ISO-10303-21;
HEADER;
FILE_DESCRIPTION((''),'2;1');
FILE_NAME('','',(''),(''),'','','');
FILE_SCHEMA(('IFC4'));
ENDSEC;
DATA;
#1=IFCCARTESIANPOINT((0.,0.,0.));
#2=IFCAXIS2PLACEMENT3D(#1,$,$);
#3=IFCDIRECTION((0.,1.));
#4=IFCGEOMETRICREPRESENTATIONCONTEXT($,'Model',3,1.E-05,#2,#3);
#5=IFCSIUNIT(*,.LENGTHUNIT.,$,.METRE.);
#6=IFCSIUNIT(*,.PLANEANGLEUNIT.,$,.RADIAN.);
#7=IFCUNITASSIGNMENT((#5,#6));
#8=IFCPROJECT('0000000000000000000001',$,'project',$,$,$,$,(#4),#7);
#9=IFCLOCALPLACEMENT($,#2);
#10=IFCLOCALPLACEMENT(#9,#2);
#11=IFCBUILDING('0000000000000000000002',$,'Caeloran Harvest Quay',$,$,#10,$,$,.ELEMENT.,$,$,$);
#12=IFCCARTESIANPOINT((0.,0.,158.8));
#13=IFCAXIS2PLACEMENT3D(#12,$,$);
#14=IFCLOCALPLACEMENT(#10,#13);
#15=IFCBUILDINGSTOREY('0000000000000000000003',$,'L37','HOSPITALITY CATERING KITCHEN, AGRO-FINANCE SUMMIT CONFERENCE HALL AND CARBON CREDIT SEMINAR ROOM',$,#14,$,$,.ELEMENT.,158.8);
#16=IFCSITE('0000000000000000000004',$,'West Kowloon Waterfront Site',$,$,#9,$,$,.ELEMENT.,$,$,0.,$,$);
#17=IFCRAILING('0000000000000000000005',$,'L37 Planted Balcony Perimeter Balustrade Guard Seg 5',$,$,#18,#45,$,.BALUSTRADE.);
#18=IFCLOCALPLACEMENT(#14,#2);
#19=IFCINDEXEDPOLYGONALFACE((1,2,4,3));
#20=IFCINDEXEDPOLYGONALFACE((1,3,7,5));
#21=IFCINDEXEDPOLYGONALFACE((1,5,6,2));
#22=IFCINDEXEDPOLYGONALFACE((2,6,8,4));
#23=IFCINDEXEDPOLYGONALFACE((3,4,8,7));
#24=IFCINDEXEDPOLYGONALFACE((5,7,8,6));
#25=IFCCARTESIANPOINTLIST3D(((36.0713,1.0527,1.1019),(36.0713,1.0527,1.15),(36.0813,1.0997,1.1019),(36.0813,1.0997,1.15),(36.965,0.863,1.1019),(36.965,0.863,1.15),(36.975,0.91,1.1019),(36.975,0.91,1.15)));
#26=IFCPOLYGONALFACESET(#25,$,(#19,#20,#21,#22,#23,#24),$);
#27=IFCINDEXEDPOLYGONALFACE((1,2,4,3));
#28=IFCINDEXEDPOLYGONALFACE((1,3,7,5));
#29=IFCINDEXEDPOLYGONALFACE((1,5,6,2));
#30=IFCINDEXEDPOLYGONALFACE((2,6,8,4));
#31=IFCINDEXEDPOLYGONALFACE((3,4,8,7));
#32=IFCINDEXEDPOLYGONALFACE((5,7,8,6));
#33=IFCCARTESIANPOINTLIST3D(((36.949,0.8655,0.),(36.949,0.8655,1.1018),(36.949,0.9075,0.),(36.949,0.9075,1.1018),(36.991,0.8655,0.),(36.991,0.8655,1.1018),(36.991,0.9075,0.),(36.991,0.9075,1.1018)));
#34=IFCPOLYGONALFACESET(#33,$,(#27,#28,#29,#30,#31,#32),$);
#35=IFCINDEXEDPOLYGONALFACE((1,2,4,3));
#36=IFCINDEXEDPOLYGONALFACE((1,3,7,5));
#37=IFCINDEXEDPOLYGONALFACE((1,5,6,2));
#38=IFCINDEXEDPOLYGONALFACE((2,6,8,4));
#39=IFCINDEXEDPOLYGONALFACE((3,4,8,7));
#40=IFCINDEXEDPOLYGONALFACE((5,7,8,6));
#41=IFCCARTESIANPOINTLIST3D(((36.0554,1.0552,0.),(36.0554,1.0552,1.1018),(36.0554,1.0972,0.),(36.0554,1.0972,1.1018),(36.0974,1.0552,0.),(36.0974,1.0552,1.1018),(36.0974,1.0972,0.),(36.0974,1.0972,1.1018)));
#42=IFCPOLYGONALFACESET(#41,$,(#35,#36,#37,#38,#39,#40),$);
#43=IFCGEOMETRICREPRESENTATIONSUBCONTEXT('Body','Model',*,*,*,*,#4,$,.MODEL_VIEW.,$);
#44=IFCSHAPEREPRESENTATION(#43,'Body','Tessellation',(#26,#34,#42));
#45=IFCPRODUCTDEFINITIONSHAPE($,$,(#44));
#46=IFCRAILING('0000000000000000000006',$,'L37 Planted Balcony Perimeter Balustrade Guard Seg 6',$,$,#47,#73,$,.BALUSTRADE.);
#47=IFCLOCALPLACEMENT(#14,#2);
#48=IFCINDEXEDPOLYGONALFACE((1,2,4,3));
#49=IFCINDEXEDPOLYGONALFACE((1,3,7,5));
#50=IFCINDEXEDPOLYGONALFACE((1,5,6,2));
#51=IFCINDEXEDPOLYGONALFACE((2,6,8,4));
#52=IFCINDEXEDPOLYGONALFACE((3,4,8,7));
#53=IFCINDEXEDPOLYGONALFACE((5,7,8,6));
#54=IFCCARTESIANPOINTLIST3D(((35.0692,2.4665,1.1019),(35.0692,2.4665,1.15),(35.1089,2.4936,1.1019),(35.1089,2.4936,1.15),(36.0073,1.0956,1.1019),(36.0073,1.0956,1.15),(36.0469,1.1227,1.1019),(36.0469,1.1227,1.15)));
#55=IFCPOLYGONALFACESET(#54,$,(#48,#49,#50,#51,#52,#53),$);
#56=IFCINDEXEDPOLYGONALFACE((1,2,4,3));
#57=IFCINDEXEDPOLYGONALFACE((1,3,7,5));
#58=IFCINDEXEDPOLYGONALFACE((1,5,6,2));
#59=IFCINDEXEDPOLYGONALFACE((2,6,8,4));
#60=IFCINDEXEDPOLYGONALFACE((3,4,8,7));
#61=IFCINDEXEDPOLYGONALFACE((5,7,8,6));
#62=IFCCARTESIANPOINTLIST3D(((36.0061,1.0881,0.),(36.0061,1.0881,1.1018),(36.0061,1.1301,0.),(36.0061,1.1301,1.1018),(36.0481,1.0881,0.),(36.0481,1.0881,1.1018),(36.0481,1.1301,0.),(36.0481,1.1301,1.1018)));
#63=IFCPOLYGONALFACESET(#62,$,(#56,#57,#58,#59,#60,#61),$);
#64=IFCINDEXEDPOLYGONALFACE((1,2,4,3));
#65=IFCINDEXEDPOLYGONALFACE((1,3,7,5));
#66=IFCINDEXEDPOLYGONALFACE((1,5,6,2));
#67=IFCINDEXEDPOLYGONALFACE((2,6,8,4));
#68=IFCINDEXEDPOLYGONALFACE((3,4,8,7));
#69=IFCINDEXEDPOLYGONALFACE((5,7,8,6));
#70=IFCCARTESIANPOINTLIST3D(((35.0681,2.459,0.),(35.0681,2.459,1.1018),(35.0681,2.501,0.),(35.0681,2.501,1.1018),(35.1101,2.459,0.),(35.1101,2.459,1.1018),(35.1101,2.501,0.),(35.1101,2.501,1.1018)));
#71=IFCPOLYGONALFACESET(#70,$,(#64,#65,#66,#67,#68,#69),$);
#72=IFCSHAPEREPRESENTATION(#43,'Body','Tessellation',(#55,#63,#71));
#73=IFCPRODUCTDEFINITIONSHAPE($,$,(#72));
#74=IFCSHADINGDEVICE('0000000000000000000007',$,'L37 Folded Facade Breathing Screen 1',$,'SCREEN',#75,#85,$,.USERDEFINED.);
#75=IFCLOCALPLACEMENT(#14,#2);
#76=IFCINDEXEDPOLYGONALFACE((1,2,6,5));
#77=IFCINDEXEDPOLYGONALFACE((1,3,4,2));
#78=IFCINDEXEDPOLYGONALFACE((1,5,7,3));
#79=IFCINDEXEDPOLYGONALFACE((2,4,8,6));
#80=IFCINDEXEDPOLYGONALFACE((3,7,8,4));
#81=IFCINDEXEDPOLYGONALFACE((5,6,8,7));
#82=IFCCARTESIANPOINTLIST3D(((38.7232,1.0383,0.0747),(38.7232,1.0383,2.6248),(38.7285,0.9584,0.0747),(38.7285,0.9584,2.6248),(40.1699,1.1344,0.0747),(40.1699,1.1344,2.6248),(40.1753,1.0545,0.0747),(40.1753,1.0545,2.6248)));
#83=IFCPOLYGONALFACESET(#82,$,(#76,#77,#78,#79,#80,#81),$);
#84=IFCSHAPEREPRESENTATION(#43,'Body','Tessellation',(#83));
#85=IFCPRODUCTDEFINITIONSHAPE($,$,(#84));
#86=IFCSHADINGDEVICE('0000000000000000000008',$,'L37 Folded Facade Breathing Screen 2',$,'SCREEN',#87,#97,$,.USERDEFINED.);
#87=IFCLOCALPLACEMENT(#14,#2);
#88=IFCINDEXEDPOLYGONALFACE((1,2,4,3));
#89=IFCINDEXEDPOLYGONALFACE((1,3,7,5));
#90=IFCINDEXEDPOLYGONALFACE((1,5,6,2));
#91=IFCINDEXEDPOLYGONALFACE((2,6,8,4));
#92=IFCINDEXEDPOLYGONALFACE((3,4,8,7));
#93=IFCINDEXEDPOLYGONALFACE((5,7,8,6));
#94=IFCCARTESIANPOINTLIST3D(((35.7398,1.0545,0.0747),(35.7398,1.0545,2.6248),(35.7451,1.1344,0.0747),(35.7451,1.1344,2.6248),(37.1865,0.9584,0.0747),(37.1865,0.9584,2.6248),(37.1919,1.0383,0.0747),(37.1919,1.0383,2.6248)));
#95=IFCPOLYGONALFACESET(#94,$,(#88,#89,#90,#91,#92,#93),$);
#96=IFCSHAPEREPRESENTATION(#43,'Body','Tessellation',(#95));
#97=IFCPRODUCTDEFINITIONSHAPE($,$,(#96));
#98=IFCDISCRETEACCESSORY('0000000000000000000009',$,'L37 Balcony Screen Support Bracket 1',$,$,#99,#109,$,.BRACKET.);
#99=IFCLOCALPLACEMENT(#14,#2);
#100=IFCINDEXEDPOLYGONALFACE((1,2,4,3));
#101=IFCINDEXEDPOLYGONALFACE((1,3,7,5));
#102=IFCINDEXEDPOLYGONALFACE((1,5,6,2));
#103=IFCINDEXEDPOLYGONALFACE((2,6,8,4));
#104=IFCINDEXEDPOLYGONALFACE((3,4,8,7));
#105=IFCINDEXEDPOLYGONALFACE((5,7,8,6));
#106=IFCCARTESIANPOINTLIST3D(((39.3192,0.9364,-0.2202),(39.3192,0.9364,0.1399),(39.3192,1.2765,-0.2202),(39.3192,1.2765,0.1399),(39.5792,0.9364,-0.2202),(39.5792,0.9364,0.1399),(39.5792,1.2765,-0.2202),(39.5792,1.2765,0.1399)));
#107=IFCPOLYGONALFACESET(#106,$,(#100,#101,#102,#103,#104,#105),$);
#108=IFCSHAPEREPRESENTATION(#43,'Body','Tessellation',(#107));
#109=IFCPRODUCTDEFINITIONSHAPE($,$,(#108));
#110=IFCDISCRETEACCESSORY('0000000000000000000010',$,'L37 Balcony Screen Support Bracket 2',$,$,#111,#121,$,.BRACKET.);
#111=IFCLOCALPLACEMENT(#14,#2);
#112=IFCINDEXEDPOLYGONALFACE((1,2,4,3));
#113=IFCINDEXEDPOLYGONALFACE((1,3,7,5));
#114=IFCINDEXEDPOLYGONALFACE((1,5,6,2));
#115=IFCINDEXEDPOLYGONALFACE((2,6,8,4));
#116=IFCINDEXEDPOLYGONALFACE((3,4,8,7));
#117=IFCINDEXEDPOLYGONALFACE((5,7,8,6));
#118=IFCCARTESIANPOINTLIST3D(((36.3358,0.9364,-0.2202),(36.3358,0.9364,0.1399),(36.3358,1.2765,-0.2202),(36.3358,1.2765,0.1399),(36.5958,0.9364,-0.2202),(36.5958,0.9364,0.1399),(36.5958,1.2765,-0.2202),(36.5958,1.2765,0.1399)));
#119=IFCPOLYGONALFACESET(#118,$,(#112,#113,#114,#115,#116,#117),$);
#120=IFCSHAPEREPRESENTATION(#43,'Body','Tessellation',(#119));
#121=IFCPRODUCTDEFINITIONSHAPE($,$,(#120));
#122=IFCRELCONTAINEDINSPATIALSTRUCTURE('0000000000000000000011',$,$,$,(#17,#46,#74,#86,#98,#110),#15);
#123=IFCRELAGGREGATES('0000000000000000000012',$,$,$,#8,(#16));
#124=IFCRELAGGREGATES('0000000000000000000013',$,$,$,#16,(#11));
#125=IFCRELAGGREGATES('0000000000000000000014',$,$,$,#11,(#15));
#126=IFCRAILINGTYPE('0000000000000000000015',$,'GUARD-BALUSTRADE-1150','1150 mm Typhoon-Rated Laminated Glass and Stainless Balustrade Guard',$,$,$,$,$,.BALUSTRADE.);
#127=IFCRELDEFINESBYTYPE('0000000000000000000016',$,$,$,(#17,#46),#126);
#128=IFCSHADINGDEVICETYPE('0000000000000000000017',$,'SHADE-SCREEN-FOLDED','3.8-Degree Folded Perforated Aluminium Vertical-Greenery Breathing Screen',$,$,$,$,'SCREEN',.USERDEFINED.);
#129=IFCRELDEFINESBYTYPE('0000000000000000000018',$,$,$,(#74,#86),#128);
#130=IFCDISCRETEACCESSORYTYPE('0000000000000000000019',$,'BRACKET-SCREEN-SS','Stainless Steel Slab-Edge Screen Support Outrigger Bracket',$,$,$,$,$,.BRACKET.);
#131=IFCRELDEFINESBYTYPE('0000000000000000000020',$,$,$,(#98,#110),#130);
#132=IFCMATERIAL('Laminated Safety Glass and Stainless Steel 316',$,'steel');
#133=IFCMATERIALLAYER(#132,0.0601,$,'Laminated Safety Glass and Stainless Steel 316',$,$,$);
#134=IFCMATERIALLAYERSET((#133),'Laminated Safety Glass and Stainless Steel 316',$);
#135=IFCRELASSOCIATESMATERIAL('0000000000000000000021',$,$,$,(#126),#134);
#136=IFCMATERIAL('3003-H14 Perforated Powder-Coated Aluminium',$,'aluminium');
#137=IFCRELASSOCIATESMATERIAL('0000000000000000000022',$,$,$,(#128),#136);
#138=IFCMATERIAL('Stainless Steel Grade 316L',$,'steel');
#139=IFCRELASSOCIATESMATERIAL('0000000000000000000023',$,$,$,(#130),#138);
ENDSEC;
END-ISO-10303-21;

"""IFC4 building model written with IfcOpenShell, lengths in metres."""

from ifc_helpers import new_model, si_unit, direction, frame, origin, origin_2d, place, context, subcontext, project, spatial, rectangle, extrude, material, layer, layer_set, type_object, element, save


model = new_model("IFC4")

# Units and contexts
model_context = context("Model", 3, precision=1e-05, world=origin(), true_north=direction((0.0, 1.0)))
body_context = subcontext(model_context, "Body", "Model", "MODEL_VIEW")
ifc_project = project(units=[si_unit("LENGTHUNIT", "METRE"), si_unit("PLANEANGLEUNIT", "RADIAN")], contexts=[model_context])

# Site, building, storey
site_placement = place(None, origin())
site = spatial("IfcSite", under=ifc_project, at=site_placement, Name="West Kowloon Waterfront Site", CompositionType="ELEMENT", RefElevation=0.0)
building_placement = place(site_placement, origin())
building = spatial("IfcBuilding", under=site, at=building_placement, Name="Caeloran Harvest Quay", CompositionType="ELEMENT")
storey_placement = place(building_placement, frame((0.0, 0.0, 158.8)))
storey = spatial("IfcBuildingStorey", under=building, at=storey_placement, Name="L37", Description="HOSPITALITY CATERING KITCHEN, AGRO-FINANCE SUMMIT CONFERENCE HALL AND CARBON CREDIT SEMINAR ROOM", CompositionType="ELEMENT", Elevation=158.8)

# Railings
ifc_material_1 = material(Name="Laminated Safety Glass and Stainless Steel 316", Category="steel")
ifc_layer_1 = layer(ifc_material_1, 0.0601, Name="Laminated Safety Glass and Stainless Steel 316")
ifc_layer_set_1 = layer_set([ifc_layer_1], Name="Laminated Safety Glass and Stainless Steel 316")
railing_type = type_object("IfcRailingType", Name="GUARD-BALUSTRADE-1150", Description="1150 mm Typhoon-Rated Laminated Glass and Stainless Balustrade Guard", PredefinedType="BALUSTRADE", material=ifc_layer_set_1)
railing_1_placement = place(storey_placement, frame((36.97, 0.8865, 0.0)))
element("IfcRailing", 1, at=railing_1_placement, inside=storey, type_object=railing_type, Name="L37 Planted Balcony Perimeter Balustrade Guard Seg 5", PredefinedType="BALUSTRADE", context=body_context, shape_type="SweptSolid", body=[
    extrude(rectangle(XDim=0.0481, YDim=0.0481, at=origin_2d()), frame((0.0, 0.0, 1.126), z_axis=(-0.9782, 0.207667, 0.0), x_axis=(-0.207667, -0.9782, 0.0)), (0.0, 0.0, 1.0), 0.9136),
    extrude(rectangle(XDim=0.042, YDim=0.042, at=origin_2d()), origin(), (0.0, 0.0, 1.0), 1.1018),
    extrude(rectangle(XDim=0.042, YDim=0.042, at=origin_2d()), frame((-0.8936, 0.1897, 0.0)), (0.0, 0.0, 1.0), 1.1018),
])
railing_2_placement = place(storey_placement, frame((36.0271, 1.1091, 0.0)))
element("IfcRailing", 2, at=railing_2_placement, inside=storey, type_object=railing_type, Name="L37 Planted Balcony Perimeter Balustrade Guard Seg 6", PredefinedType="BALUSTRADE", context=body_context, shape_type="SweptSolid", body=[
    extrude(rectangle(XDim=0.0481, YDim=0.0481, at=origin_2d()), frame((0.0, 0.0, 1.126), z_axis=(-0.5647, 0.825296, 0.0), x_axis=(-0.825296, -0.5647, 0.0)), (0.0, 0.0, 1.0), 1.6611),
    extrude(rectangle(XDim=0.042, YDim=0.042, at=origin_2d()), origin(), (0.0, 0.0, 1.0), 1.1018),
    extrude(rectangle(XDim=0.042, YDim=0.042, at=origin_2d()), frame((-0.938, 1.3708, 0.0)), (0.0, 0.0, 1.0), 1.1018),
])

# Shading devices
ifc_material_2 = material(Name="3003-H14 Perforated Powder-Coated Aluminium", Category="aluminium")
shading_device_type = type_object("IfcShadingDeviceType", Name="SHADE-SCREEN-FOLDED", Description="3.8-Degree Folded Perforated Aluminium Vertical-Greenery Breathing Screen", ElementType="SCREEN", PredefinedType="USERDEFINED", material=ifc_material_2)
for number, where, z_axis, x_axis, name in (
    (3, (39.4492, 1.0464, 0.0747), (0.0, 0.0, 1.0), (0.997801, 0.066274, 0.0), "L37 Folded Facade Breathing Screen 1"),
    (4, (36.4658, 1.0464, 0.0747), (0.0, 0.0, 1.0), (0.997801, -0.066274, 0.0), "L37 Folded Facade Breathing Screen 2"),
):
    element("IfcShadingDevice", number, at=place(storey_placement, frame(where, z_axis=z_axis, x_axis=x_axis)), inside=storey, type_object=shading_device_type, Name=name, ObjectType="SCREEN", PredefinedType="USERDEFINED", context=body_context, shape_type="SweptSolid", body=[
        extrude(rectangle(XDim=1.45, YDim=0.0801, at=origin_2d()), origin(), (0.0, 0.0, 1.0), 2.55),
    ])

# Discrete accessories
ifc_material_3 = material(Name="Stainless Steel Grade 316L", Category="steel")
discrete_accessory_type = type_object("IfcDiscreteAccessoryType", Name="BRACKET-SCREEN-SS", Description="Stainless Steel Slab-Edge Screen Support Outrigger Bracket", PredefinedType="BRACKET", material=ifc_material_3)
for number, where, z_axis, x_axis, name in (
    (5, (39.4492, 1.1064, -0.2202), (0.0, 0.0, 1.0), (1.0, 0.0, 0.0), "L37 Balcony Screen Support Bracket 1"),
    (6, (36.4658, 1.1064, -0.2202), (0.0, 0.0, 1.0), (1.0, 0.0, 0.0), "L37 Balcony Screen Support Bracket 2"),
):
    element("IfcDiscreteAccessory", number, at=place(storey_placement, frame(where, z_axis=z_axis, x_axis=x_axis)), inside=storey, type_object=discrete_accessory_type, Name=name, PredefinedType="BRACKET", context=body_context, shape_type="SweptSolid", body=[
        extrude(rectangle(XDim=0.26, YDim=0.3401, at=origin_2d()), origin(), (0.0, 0.0, 1.0), 0.3601),
    ])

save(model, "model.ifc")
